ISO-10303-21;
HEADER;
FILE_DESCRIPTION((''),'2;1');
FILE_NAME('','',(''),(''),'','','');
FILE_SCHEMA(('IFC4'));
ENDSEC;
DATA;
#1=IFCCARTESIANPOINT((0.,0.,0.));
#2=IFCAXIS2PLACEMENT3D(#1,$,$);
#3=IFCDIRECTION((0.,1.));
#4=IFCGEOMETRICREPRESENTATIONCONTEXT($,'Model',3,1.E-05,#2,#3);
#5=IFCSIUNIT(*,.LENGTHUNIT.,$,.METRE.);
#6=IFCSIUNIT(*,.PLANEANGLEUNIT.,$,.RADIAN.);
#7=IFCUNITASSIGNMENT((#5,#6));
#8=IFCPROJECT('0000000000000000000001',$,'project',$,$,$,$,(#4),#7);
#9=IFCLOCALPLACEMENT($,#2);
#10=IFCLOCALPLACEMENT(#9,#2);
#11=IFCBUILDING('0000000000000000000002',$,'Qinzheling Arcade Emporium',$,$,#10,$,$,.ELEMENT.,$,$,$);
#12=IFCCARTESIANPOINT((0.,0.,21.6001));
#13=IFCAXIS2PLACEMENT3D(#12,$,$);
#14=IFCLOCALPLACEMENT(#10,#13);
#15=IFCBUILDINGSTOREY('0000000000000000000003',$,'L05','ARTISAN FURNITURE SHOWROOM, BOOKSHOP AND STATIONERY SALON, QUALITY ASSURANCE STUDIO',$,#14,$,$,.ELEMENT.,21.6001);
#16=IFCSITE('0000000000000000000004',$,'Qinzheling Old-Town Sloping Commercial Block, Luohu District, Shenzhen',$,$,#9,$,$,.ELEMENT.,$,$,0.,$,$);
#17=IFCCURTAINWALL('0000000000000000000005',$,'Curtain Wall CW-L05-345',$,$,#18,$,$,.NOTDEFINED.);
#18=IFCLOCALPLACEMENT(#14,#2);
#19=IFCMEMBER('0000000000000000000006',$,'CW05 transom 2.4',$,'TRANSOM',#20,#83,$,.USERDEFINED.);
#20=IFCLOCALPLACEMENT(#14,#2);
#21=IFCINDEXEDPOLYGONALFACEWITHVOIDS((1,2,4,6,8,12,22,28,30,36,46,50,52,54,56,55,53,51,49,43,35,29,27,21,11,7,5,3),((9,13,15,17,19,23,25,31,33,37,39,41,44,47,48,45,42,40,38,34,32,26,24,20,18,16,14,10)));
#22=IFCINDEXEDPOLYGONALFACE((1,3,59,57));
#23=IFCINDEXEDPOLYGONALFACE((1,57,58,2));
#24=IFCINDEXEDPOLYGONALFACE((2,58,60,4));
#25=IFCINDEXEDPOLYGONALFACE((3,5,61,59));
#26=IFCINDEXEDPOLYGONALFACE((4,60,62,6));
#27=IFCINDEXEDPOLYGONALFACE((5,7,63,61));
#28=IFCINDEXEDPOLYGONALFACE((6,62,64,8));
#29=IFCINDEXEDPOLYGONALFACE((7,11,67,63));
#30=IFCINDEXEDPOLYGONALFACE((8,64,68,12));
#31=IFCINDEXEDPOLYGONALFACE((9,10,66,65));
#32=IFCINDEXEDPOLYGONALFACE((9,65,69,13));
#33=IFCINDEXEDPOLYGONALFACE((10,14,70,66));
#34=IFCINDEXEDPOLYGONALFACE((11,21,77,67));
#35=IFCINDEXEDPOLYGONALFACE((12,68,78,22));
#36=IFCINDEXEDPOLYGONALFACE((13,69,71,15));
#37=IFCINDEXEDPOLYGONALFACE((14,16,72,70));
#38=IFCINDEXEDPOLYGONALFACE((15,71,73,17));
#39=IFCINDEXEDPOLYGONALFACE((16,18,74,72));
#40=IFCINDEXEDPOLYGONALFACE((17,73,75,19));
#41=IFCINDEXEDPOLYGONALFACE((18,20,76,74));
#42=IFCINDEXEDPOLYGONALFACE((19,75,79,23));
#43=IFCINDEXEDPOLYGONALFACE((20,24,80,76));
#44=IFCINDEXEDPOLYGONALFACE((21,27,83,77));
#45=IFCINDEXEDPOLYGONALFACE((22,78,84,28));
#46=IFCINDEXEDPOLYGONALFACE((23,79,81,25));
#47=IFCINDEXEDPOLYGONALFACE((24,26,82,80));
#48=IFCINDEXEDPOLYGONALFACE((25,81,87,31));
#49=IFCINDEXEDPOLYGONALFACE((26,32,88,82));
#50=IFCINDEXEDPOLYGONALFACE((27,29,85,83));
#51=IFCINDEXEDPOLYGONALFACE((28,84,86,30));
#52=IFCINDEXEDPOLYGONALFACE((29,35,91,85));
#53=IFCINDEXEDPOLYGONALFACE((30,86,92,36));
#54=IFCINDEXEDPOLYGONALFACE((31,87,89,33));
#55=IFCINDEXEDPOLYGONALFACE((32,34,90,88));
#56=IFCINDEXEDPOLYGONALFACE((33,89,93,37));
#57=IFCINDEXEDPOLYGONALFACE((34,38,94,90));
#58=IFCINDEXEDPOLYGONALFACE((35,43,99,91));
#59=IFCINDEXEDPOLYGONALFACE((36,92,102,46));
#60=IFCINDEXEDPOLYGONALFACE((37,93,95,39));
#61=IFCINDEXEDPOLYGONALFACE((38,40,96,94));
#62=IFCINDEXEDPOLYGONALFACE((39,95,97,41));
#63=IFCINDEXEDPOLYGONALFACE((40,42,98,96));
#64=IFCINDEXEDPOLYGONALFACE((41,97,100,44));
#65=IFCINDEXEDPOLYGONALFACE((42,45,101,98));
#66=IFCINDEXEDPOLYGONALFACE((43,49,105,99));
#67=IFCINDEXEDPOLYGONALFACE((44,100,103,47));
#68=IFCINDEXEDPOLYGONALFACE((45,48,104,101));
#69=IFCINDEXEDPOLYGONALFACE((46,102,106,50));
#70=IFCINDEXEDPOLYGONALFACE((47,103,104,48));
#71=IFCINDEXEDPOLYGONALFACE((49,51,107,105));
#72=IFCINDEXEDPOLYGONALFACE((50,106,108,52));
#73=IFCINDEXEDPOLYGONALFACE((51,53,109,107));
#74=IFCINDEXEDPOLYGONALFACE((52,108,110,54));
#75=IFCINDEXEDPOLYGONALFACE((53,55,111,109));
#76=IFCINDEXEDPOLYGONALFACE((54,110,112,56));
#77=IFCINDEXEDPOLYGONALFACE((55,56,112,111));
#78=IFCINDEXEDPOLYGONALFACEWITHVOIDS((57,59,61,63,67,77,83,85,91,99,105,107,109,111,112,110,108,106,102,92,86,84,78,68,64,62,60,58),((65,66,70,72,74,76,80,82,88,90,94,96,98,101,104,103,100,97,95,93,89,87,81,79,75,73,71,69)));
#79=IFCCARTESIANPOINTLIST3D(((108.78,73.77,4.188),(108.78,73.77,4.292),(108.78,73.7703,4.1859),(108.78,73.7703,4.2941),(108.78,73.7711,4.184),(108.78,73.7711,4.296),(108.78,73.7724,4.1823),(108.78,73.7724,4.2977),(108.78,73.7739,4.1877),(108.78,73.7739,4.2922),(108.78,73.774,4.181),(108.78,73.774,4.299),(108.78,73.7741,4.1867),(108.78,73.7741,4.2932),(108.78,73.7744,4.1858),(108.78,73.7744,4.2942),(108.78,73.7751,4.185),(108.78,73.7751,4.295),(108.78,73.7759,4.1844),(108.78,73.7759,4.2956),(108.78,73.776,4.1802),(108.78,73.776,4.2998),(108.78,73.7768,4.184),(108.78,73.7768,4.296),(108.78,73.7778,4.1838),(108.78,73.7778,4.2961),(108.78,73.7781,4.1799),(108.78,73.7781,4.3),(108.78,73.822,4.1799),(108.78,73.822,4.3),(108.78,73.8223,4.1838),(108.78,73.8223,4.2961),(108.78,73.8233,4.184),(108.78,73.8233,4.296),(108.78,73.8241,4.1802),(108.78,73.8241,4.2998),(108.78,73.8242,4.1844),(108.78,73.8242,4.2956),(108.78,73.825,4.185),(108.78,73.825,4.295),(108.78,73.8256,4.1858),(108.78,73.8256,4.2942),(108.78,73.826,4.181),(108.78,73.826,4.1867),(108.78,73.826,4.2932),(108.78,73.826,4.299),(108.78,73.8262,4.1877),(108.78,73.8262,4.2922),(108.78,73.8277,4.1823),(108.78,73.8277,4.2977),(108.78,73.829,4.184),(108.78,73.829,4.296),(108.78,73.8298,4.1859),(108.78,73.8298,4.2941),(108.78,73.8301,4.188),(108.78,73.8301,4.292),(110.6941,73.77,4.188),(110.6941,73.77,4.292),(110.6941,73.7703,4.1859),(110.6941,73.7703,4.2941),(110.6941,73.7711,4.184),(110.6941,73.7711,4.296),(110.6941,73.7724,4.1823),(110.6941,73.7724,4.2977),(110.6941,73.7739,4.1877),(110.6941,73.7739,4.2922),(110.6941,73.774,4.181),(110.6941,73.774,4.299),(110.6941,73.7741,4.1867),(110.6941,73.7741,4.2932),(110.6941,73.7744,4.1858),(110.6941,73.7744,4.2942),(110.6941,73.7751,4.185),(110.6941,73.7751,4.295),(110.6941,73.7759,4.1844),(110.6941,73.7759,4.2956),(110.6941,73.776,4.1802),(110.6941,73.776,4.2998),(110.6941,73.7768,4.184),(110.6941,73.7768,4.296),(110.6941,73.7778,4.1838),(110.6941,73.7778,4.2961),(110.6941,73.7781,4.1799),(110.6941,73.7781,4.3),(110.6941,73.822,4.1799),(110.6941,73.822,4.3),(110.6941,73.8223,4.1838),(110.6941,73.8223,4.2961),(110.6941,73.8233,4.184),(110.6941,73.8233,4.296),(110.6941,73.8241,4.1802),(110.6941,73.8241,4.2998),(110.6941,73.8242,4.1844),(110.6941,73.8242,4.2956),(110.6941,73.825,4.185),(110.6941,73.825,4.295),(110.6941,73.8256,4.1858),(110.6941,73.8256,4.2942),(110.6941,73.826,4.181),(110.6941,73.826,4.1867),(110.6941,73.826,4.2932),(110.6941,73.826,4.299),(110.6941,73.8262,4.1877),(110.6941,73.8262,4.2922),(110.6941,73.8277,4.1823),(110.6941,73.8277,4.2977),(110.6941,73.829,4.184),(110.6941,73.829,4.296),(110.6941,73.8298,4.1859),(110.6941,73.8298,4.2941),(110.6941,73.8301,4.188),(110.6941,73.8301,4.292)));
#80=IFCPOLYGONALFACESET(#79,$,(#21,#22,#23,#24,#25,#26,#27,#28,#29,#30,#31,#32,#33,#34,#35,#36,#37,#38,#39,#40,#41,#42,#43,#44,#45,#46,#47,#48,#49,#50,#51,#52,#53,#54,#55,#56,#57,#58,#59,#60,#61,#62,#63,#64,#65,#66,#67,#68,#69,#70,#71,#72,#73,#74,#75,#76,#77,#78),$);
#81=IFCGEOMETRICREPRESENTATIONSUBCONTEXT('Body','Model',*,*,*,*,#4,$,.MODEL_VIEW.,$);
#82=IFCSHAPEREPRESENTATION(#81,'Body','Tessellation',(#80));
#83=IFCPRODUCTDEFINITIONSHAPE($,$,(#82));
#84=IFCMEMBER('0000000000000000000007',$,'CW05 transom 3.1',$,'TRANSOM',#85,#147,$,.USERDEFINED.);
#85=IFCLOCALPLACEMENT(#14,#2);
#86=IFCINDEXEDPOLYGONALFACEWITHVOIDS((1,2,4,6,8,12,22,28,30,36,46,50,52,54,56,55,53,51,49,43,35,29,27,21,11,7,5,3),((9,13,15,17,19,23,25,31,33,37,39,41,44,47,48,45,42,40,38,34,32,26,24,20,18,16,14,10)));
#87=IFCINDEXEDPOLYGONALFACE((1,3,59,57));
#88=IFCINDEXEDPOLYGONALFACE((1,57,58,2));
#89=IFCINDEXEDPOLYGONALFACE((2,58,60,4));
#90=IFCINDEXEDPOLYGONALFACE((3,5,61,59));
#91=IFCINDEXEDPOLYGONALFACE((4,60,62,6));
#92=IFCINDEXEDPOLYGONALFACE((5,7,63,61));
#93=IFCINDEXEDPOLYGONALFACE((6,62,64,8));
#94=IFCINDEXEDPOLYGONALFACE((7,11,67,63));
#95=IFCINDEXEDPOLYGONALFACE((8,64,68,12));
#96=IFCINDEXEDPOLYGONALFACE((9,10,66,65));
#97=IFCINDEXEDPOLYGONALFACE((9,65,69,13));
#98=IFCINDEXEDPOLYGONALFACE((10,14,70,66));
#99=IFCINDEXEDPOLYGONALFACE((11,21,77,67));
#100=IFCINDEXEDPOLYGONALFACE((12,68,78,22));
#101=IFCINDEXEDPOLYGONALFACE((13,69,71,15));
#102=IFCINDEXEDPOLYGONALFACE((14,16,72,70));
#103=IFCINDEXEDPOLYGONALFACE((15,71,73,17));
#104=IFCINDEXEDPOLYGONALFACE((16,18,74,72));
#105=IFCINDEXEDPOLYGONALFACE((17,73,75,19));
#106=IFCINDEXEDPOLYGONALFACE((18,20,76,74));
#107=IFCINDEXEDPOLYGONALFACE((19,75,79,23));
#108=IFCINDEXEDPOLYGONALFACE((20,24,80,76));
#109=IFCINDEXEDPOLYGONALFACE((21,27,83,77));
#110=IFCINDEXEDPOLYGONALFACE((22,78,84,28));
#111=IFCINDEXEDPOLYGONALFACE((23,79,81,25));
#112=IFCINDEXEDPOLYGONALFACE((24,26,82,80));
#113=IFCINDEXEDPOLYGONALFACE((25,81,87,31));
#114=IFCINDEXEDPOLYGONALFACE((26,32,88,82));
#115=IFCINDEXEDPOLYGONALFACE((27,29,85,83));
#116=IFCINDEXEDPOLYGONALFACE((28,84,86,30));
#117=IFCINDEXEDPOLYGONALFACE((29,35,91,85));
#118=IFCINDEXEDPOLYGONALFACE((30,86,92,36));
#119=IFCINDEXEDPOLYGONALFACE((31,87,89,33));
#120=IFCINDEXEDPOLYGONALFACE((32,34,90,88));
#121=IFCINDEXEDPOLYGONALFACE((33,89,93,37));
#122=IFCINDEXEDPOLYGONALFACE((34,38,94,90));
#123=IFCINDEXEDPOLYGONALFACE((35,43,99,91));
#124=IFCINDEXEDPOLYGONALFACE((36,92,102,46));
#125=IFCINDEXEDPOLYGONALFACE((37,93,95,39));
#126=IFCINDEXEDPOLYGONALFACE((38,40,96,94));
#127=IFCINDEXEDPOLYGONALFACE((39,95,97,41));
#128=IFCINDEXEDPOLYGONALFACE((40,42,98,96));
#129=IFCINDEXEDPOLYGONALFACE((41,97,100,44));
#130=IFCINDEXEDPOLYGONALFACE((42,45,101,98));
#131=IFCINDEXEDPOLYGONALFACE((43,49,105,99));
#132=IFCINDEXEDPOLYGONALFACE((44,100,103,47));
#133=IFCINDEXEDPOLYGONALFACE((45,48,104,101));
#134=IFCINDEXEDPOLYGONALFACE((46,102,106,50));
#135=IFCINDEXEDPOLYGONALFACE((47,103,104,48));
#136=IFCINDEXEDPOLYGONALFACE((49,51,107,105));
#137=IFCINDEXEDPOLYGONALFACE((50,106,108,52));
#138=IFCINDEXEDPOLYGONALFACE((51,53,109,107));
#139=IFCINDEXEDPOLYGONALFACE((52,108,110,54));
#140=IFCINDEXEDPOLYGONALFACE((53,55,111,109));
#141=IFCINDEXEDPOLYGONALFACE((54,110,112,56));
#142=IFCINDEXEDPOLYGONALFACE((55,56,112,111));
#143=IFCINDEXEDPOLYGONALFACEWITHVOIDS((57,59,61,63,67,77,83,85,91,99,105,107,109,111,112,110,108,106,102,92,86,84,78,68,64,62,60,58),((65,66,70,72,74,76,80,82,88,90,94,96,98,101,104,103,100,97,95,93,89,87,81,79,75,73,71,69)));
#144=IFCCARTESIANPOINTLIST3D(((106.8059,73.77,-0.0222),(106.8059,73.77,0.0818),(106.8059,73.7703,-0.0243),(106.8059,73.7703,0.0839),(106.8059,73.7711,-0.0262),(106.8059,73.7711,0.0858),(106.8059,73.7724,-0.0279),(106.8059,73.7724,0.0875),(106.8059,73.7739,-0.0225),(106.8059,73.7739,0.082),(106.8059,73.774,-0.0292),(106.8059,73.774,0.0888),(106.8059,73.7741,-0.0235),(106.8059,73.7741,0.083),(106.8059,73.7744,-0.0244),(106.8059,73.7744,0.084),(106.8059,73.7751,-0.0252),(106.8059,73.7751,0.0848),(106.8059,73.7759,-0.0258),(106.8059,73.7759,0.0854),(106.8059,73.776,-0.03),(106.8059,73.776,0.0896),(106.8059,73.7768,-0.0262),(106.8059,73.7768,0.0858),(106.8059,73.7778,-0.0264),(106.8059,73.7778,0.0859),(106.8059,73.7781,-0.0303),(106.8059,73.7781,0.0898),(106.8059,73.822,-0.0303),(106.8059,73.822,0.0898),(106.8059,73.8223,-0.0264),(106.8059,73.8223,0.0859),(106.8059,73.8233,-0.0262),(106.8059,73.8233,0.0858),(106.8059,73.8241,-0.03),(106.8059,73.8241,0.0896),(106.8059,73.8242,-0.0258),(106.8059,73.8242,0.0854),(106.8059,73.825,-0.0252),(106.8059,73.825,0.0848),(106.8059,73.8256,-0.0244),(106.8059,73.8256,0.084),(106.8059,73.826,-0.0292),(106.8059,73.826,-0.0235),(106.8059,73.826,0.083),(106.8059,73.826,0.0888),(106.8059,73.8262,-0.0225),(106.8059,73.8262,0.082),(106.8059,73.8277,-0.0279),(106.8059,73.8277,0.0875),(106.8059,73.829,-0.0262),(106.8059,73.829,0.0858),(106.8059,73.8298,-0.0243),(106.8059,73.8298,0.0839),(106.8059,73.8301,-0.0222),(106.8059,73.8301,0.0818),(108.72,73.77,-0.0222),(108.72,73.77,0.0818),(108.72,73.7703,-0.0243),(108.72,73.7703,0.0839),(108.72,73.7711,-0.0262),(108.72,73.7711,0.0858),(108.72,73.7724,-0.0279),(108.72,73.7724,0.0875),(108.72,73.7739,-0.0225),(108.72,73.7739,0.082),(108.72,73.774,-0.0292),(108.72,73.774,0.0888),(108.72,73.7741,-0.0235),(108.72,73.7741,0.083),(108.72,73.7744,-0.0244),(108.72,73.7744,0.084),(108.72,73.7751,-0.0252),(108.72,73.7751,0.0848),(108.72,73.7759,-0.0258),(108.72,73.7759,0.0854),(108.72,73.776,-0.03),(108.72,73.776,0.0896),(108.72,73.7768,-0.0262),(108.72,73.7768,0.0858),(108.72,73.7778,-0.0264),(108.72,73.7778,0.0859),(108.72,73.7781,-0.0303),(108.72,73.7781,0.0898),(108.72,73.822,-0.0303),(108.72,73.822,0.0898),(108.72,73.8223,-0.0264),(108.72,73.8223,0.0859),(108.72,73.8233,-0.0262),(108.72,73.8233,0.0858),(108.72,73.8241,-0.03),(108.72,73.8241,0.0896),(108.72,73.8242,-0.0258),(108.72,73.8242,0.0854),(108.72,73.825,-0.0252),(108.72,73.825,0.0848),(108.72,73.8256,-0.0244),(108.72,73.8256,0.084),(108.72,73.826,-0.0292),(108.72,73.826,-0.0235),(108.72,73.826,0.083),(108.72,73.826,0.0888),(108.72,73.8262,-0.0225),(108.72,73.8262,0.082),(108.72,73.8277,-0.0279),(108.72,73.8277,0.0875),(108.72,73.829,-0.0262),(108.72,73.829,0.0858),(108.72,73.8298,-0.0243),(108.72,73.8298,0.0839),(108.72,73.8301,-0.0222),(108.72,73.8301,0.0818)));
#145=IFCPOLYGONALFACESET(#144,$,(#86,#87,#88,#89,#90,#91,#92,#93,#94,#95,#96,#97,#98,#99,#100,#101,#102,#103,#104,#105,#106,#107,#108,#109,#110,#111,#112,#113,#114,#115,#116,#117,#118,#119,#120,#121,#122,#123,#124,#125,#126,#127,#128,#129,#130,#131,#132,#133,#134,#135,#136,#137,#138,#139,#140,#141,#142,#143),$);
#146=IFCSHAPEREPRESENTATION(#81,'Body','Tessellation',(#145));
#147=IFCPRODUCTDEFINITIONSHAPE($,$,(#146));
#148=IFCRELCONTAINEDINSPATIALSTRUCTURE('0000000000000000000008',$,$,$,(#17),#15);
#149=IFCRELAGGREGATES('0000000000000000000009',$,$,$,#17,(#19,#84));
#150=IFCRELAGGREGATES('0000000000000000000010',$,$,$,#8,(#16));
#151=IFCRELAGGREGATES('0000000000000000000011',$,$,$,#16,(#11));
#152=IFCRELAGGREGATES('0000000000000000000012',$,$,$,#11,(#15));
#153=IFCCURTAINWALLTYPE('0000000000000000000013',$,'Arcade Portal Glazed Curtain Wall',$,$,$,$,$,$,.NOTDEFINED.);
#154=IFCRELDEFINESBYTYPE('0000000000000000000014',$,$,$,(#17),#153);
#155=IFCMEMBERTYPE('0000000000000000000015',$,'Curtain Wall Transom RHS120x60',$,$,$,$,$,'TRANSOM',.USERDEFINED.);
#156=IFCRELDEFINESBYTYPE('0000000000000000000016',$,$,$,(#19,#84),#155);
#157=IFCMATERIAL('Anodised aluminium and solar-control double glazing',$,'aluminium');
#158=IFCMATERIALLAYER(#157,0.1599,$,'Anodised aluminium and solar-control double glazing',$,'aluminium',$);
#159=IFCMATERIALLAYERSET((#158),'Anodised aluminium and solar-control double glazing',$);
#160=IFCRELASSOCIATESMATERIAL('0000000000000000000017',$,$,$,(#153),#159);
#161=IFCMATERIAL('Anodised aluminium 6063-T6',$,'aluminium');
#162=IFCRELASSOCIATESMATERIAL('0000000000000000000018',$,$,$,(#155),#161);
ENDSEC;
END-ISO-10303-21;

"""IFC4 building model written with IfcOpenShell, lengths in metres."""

from ifc_helpers import new_model, si_unit, direction, frame, origin, origin_2d, place, context, subcontext, project, spatial, hollow_rectangle, extrude, material, layer, layer_set, material_profile, profile_set, type_object, element, aggregate, save


model = new_model("IFC4")

# Units and contexts
model_context = context("Model", 3, precision=1e-05, world=origin(), true_north=direction((0.0, 1.0)))
body_context = subcontext(model_context, "Body", "Model", "MODEL_VIEW")
ifc_project = project(units=[si_unit("LENGTHUNIT", "METRE"), si_unit("PLANEANGLEUNIT", "RADIAN")], contexts=[model_context])

# Site, building, storey
site_placement = place(None, origin())
site = spatial("IfcSite", under=ifc_project, at=site_placement, Name="Qinzheling Old-Town Sloping Commercial Block, Luohu District, Shenzhen", CompositionType="ELEMENT", RefElevation=0.0)
building_placement = place(site_placement, origin())
building = spatial("IfcBuilding", under=site, at=building_placement, Name="Qinzheling Arcade Emporium", CompositionType="ELEMENT")
storey_placement = place(building_placement, frame((0.0, 0.0, 21.6001)))
storey = spatial("IfcBuildingStorey", under=building, at=storey_placement, Name="L05", Description="ARTISAN FURNITURE SHOWROOM, BOOKSHOP AND STATIONERY SALON, QUALITY ASSURANCE STUDIO", CompositionType="ELEMENT", Elevation=21.6001)

# Shared definitions
ifc_material_1 = material(Name="Anodised aluminium and solar-control double glazing", Category="aluminium")
ifc_material_2 = material(Name="Anodised aluminium 6063-T6", Category="aluminium")

# Curtain wall
ifc_layer_1 = layer(ifc_material_1, 0.1599, Name="Anodised aluminium and solar-control double glazing", Category="aluminium")
ifc_layer_set_1 = layer_set([ifc_layer_1], Name="Anodised aluminium and solar-control double glazing")
curtain_wall_type_1 = type_object("IfcCurtainWallType", Name="Arcade Portal Glazed Curtain Wall", PredefinedType="NOTDEFINED", material=ifc_layer_set_1)
curtain_wall_1_placement = place(storey_placement, origin())
curtain_wall_1 = element("IfcCurtainWall", 1, at=curtain_wall_1_placement, inside=storey, type_object=curtain_wall_type_1, Name="Curtain Wall CW-L05-345", PredefinedType="NOTDEFINED")

# Members
ifc_material_profile_1 = material_profile(ifc_material_2, hollow_rectangle(XDim=0.0601, YDim=0.1201, WallThickness=0.0039, InnerFilletRadius=0.0039, OuterFilletRadius=0.0081, at=origin_2d()), Name="RHS 120x60x4", Category="aluminium")
ifc_profile_set_1 = profile_set([ifc_material_profile_1], Name="Anodised aluminium 6063-T6")
member_type_1 = type_object("IfcMemberType", Name="Curtain Wall Transom RHS120x60", ElementType="TRANSOM", PredefinedType="USERDEFINED", material=ifc_profile_set_1)
member_1_placement = place(storey_placement, frame((110.6941, 73.8, 4.24), z_axis=(-1.0, 0.0, 0.0), x_axis=(0.0, -1.0, 0.0)))
member_1 = element("IfcMember", 2, at=member_1_placement, type_object=member_type_1, Name="CW05 transom 2.4", ObjectType="TRANSOM", PredefinedType="USERDEFINED", context=body_context, shape_type="SweptSolid", body=[
    extrude(hollow_rectangle(XDim=0.0601, YDim=0.1201, WallThickness=0.0039, InnerFilletRadius=0.0039, OuterFilletRadius=0.0081, at=origin_2d()), origin(), (0.0, 0.0, 1.0), 1.9141),
])
member_2_placement = place(storey_placement, frame((108.72, 73.8, 0.0298), z_axis=(-1.0, 0.0, 0.0), x_axis=(0.0, -1.0, 0.0)))
member_2 = element("IfcMember", 3, at=member_2_placement, type_object=member_type_1, Name="CW05 transom 3.1", ObjectType="TRANSOM", PredefinedType="USERDEFINED", context=body_context, shape_type="SweptSolid", body=[
    extrude(hollow_rectangle(XDim=0.0601, YDim=0.1201, WallThickness=0.0039, InnerFilletRadius=0.0039, OuterFilletRadius=0.0081, at=origin_2d()), origin(), (0.0, 0.0, 1.0), 1.9141),
])

aggregate(curtain_wall_1, [member_1, member_2])

save(model, "model.ifc")
